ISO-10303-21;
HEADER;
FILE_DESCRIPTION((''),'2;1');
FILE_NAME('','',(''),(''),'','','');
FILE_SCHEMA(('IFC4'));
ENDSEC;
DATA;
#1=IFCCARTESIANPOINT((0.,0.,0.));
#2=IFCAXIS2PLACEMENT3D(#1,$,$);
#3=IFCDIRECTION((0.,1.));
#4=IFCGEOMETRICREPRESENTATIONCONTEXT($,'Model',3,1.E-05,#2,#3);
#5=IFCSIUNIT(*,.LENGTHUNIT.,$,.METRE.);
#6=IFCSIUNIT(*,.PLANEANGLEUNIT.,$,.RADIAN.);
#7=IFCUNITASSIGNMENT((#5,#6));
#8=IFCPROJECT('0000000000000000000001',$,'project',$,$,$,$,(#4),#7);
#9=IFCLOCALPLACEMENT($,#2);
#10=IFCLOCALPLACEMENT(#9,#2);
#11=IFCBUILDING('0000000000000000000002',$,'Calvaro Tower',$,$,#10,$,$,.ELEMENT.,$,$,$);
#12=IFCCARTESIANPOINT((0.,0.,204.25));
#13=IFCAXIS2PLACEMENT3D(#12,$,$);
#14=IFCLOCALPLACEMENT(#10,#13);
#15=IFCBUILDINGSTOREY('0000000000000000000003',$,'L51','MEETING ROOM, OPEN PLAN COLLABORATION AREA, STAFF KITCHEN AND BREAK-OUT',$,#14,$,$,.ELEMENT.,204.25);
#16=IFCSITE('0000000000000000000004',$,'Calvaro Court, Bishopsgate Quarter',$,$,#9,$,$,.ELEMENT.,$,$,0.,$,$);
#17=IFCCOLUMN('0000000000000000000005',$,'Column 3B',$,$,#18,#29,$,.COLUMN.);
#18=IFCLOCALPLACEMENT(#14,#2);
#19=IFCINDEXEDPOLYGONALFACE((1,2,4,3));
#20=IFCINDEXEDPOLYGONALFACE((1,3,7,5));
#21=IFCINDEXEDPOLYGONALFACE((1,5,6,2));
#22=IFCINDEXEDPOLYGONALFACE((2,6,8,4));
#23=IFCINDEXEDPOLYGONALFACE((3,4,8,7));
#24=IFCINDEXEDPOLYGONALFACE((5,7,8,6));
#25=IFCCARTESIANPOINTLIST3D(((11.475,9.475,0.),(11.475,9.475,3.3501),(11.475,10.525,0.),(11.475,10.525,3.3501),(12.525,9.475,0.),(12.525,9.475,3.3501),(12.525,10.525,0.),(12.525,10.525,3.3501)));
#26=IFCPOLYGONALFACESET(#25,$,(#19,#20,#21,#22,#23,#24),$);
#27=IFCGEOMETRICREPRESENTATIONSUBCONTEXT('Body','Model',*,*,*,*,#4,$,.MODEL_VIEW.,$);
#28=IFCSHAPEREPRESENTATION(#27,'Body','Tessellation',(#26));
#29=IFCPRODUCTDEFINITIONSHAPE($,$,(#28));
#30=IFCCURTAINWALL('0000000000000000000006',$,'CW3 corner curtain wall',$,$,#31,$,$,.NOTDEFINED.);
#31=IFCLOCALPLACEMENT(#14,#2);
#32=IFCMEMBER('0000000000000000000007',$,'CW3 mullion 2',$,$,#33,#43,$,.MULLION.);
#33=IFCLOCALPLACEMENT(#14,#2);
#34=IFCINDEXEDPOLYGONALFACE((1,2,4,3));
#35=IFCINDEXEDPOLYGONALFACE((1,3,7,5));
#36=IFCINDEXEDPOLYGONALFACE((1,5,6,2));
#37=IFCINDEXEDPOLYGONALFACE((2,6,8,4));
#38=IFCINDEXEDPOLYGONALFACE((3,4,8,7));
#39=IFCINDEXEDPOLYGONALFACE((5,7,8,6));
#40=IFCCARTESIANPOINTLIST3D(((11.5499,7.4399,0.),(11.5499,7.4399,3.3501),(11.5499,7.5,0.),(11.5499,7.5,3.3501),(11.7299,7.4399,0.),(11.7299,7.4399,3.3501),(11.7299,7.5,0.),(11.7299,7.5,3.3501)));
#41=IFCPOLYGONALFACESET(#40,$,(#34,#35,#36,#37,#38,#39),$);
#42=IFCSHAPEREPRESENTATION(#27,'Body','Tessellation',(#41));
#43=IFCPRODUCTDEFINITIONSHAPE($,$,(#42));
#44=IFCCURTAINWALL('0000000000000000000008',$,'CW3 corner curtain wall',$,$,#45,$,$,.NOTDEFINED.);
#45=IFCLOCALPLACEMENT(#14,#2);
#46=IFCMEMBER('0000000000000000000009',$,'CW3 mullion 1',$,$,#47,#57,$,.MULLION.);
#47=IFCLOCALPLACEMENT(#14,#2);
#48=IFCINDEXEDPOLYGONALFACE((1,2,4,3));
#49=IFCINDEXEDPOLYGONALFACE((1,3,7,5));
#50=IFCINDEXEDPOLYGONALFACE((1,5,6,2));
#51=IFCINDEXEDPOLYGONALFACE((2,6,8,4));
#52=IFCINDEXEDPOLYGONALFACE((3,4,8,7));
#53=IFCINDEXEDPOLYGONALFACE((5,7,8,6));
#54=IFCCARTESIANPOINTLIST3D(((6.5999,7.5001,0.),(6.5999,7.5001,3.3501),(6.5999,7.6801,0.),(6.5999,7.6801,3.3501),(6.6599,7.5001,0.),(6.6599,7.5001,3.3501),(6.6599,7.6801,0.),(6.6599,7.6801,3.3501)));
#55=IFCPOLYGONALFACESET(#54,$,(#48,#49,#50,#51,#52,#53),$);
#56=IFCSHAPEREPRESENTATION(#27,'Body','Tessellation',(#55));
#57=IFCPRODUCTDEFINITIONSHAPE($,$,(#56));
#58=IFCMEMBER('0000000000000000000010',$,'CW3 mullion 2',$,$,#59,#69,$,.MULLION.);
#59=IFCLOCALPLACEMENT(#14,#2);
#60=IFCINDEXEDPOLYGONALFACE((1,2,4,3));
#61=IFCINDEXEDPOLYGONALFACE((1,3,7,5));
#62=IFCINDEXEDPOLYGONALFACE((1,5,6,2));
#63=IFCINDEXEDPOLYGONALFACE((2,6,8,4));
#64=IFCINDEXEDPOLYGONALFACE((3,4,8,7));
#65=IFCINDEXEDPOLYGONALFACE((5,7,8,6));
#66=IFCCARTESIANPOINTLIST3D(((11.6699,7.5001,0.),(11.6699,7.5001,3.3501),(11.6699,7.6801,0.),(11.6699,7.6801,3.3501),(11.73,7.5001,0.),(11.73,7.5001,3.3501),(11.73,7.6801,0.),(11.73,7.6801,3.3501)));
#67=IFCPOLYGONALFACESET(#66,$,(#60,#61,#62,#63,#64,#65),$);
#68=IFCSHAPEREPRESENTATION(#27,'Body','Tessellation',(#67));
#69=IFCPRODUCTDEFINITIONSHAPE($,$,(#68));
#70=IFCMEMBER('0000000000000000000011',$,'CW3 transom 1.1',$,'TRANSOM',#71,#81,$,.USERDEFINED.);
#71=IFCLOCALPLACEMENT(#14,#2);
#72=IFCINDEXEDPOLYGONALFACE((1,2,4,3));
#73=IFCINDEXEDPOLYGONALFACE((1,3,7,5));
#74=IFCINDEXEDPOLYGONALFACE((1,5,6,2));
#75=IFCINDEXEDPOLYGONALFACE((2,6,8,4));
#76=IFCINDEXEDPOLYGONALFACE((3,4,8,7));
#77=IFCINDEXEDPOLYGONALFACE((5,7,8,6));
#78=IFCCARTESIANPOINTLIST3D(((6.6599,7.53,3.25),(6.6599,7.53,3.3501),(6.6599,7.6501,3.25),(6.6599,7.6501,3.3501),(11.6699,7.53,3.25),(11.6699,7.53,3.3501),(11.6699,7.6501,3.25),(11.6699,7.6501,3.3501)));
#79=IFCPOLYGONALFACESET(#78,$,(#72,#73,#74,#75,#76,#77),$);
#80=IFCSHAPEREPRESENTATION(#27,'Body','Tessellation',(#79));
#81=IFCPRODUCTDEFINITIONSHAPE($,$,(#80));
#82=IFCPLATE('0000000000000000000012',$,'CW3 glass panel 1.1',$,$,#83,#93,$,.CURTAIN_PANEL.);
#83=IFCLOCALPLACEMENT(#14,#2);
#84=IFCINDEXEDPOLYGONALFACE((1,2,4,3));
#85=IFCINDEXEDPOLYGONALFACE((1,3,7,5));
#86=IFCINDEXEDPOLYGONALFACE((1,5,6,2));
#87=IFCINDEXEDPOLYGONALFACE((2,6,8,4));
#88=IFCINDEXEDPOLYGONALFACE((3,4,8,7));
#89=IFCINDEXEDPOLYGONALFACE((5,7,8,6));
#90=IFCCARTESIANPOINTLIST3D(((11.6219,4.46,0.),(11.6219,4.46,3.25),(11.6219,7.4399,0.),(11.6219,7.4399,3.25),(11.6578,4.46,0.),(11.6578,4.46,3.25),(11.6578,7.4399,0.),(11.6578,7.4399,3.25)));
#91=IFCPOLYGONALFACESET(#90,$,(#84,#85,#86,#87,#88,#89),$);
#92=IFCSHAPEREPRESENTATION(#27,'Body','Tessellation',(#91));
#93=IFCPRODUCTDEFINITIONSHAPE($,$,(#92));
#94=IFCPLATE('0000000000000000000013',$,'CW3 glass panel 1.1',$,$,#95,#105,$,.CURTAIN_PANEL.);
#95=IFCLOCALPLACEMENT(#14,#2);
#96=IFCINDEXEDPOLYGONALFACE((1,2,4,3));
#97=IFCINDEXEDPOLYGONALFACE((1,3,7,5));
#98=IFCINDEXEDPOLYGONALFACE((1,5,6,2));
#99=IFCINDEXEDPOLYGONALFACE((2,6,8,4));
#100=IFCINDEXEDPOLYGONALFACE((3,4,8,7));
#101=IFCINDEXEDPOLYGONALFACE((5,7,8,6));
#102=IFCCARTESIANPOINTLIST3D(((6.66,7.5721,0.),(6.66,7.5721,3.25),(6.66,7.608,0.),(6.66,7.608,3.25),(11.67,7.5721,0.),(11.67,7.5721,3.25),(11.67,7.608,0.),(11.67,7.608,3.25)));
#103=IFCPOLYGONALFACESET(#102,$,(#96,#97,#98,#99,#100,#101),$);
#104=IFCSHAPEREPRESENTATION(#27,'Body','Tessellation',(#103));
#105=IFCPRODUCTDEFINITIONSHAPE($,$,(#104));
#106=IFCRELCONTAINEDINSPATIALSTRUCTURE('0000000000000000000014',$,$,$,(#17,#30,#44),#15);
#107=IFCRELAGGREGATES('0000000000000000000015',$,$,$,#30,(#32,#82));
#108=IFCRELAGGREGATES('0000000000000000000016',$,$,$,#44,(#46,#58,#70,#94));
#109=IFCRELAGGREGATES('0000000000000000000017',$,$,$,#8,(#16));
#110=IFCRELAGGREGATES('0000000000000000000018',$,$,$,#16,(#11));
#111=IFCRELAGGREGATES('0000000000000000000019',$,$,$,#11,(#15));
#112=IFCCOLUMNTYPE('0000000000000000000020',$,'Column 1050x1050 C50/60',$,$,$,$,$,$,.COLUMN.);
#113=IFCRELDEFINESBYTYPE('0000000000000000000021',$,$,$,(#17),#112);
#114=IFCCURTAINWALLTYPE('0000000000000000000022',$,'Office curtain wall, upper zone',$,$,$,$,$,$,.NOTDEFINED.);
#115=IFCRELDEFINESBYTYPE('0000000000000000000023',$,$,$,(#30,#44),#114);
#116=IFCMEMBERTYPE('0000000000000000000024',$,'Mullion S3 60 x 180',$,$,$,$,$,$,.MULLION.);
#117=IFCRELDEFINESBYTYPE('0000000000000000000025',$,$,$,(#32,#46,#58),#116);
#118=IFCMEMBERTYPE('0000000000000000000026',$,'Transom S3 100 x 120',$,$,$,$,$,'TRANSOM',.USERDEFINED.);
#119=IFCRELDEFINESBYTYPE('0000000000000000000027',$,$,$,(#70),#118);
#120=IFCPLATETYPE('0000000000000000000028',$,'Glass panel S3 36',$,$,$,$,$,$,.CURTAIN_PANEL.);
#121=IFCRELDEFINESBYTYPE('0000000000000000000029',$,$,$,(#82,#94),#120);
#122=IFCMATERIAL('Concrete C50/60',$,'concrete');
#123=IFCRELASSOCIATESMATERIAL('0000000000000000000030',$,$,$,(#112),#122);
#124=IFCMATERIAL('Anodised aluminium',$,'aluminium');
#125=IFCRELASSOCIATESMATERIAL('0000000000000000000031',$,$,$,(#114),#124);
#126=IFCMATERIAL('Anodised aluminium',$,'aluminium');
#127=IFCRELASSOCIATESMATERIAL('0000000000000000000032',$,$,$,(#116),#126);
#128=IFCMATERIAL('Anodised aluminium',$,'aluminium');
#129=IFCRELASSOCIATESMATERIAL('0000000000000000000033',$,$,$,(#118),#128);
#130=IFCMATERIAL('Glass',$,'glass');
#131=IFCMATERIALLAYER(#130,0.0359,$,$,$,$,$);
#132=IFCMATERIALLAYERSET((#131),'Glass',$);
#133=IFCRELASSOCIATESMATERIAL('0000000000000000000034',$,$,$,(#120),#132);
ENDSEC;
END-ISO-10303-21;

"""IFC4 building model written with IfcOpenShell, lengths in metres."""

from ifc_helpers import new_model, si_unit, direction, frame, origin, origin_2d, place, context, subcontext, project, spatial, rectangle, extrude, material, layer, layer_set, material_profile, profile_set, type_object, element, aggregate, save


model = new_model("IFC4")

# Units and contexts
model_context = context("Model", 3, precision=1e-05, world=origin(), true_north=direction((0.0, 1.0)))
body_context = subcontext(model_context, "Body", "Model", "MODEL_VIEW")
ifc_project = project(units=[si_unit("LENGTHUNIT", "METRE"), si_unit("PLANEANGLEUNIT", "RADIAN")], contexts=[model_context])

# Site, building, storey
site_placement = place(None, origin())
site = spatial("IfcSite", under=ifc_project, at=site_placement, Name="Calvaro Court, Bishopsgate Quarter", CompositionType="ELEMENT", RefElevation=0.0)
building_placement = place(site_placement, origin())
building = spatial("IfcBuilding", under=site, at=building_placement, Name="Calvaro Tower", CompositionType="ELEMENT")
storey_placement = place(building_placement, frame((0.0, 0.0, 204.25)))
storey = spatial("IfcBuildingStorey", under=building, at=storey_placement, Name="L51", Description="MEETING ROOM, OPEN PLAN COLLABORATION AREA, STAFF KITCHEN AND BREAK-OUT", CompositionType="ELEMENT", Elevation=204.25)

# Column
ifc_material_1 = material(Name="Concrete C50/60", Category="concrete")
ifc_material_profile_1 = material_profile(ifc_material_1, rectangle(XDim=1.05, YDim=1.05, at=origin_2d()), Name="RC 1050x1050")
ifc_profile_set_1 = profile_set([ifc_material_profile_1], Name="Concrete C50/60")
column_type = type_object("IfcColumnType", Name="Column 1050x1050 C50/60", PredefinedType="COLUMN", material=ifc_profile_set_1)
column_placement = place(storey_placement, frame((12.0, 10.0, 0.0), z_axis=(0.0, 0.0, 1.0), x_axis=(1.0, 0.0, 0.0)))
element("IfcColumn", 1, at=column_placement, inside=storey, type_object=column_type, Name="Column 3B", PredefinedType="COLUMN", context=body_context, shape_type="SweptSolid", body=[
    extrude(rectangle(XDim=1.05, YDim=1.05, at=origin_2d()), origin(), (0.0, 0.0, 1.0), 3.3501),
])

# Curtain wall, member
ifc_material_2 = material(Name="Anodised aluminium", Category="aluminium")
curtain_wall_type = type_object("IfcCurtainWallType", Name="Office curtain wall, upper zone", PredefinedType="NOTDEFINED", material=ifc_material_2)
curtain_wall_1_placement = place(storey_placement, origin())
curtain_wall_1 = element("IfcCurtainWall", 2, at=curtain_wall_1_placement, inside=storey, type_object=curtain_wall_type, Name="CW3 corner curtain wall", PredefinedType="NOTDEFINED")
ifc_material_3 = material(Name="Anodised aluminium", Category="aluminium")
ifc_material_profile_2 = material_profile(ifc_material_3, rectangle(XDim=0.1799, YDim=0.0601, at=origin_2d()), Name="Mullion S3 60 x 180")
ifc_profile_set_2 = profile_set([ifc_material_profile_2], Name="Anodised aluminium")
member_type_1 = type_object("IfcMemberType", Name="Mullion S3 60 x 180", PredefinedType="MULLION", material=ifc_profile_set_2)
member_1_placement = place(storey_placement, frame((11.6399, 7.47, 0.0), z_axis=(0.0, 0.0, 1.0), x_axis=(-1.0, 0.0, 0.0)))
member_1 = element("IfcMember", 3, at=member_1_placement, type_object=member_type_1, Name="CW3 mullion 2", PredefinedType="MULLION", context=body_context, shape_type="SweptSolid", body=[
    extrude(rectangle(XDim=0.1799, YDim=0.0601, at=origin_2d()), origin(), (0.0, 0.0, 1.0), 3.3501),
])

# Curtain wall, members
curtain_wall_2_placement = place(storey_placement, origin())
curtain_wall_2 = element("IfcCurtainWall", 4, at=curtain_wall_2_placement, inside=storey, type_object=curtain_wall_type, Name="CW3 corner curtain wall", PredefinedType="NOTDEFINED")
member_2_placement = place(storey_placement, frame((6.6299, 7.5901, 0.0), z_axis=(0.0, 0.0, 1.0), x_axis=(0.0, 1.0, 0.0)))
member_2 = element("IfcMember", 5, at=member_2_placement, type_object=member_type_1, Name="CW3 mullion 1", PredefinedType="MULLION", context=body_context, shape_type="SweptSolid", body=[
    extrude(rectangle(XDim=0.1799, YDim=0.0601, at=origin_2d()), origin(), (0.0, 0.0, 1.0), 3.3501),
])
member_3_placement = place(storey_placement, frame((11.7, 7.5901, 0.0), z_axis=(0.0, 0.0, 1.0), x_axis=(0.0, 1.0, 0.0)))
member_3 = element("IfcMember", 6, at=member_3_placement, type_object=member_type_1, Name="CW3 mullion 2", PredefinedType="MULLION", context=body_context, shape_type="SweptSolid", body=[
    extrude(rectangle(XDim=0.1799, YDim=0.0601, at=origin_2d()), origin(), (0.0, 0.0, 1.0), 3.3501),
])
ifc_material_4 = material(Name="Anodised aluminium", Category="aluminium")
ifc_material_profile_3 = material_profile(ifc_material_4, rectangle(XDim=0.1201, YDim=0.1001, at=origin_2d()), Name="Transom S3 100 x 120")
ifc_profile_set_3 = profile_set([ifc_material_profile_3], Name="Anodised aluminium")
member_type_2 = type_object("IfcMemberType", Name="Transom S3 100 x 120", ElementType="TRANSOM", PredefinedType="USERDEFINED", material=ifc_profile_set_3)
member_4_placement = place(storey_placement, frame((6.6599, 7.5901, 3.3), z_axis=(1.0, 0.0, 0.0), x_axis=(0.0, 1.0, 0.0)))
member_4 = element("IfcMember", 7, at=member_4_placement, type_object=member_type_2, Name="CW3 transom 1.1", ObjectType="TRANSOM", PredefinedType="USERDEFINED", context=body_context, shape_type="SweptSolid", body=[
    extrude(rectangle(XDim=0.1201, YDim=0.1001, at=origin_2d()), origin(), (0.0, 0.0, 1.0), 5.01),
])

# Plates
ifc_material_5 = material(Name="Glass", Category="glass")
ifc_layer_1 = layer(ifc_material_5, 0.0359)
ifc_layer_set_1 = layer_set([ifc_layer_1], Name="Glass")
plate_type = type_object("IfcPlateType", Name="Glass panel S3 36", PredefinedType="CURTAIN_PANEL", material=ifc_layer_set_1)
plate_1_placement = place(storey_placement, frame((11.6399, 5.95, 0.0), z_axis=(0.0, 0.0, 1.0), x_axis=(0.0, 1.0, 0.0)))
plate_1 = element("IfcPlate", 8, at=plate_1_placement, type_object=plate_type, Name="CW3 glass panel 1.1", PredefinedType="CURTAIN_PANEL", context=body_context, shape_type="SweptSolid", body=[
    extrude(rectangle(XDim=2.98, YDim=0.0359, at=origin_2d()), origin(), (0.0, 0.0, 1.0), 3.25),
])
aggregate(curtain_wall_1, [member_1, plate_1])
plate_2_placement = place(storey_placement, frame((9.165, 7.5901, 0.0), z_axis=(0.0, 0.0, 1.0), x_axis=(1.0, 0.0, 0.0)))
plate_2 = element("IfcPlate", 9, at=plate_2_placement, type_object=plate_type, Name="CW3 glass panel 1.1", PredefinedType="CURTAIN_PANEL", context=body_context, shape_type="SweptSolid", body=[
    extrude(rectangle(XDim=5.01, YDim=0.0359, at=origin_2d()), origin(), (0.0, 0.0, 1.0), 3.25),
])
aggregate(curtain_wall_2, [member_2, member_3, member_4, plate_2])

save(model, "model.ifc")
